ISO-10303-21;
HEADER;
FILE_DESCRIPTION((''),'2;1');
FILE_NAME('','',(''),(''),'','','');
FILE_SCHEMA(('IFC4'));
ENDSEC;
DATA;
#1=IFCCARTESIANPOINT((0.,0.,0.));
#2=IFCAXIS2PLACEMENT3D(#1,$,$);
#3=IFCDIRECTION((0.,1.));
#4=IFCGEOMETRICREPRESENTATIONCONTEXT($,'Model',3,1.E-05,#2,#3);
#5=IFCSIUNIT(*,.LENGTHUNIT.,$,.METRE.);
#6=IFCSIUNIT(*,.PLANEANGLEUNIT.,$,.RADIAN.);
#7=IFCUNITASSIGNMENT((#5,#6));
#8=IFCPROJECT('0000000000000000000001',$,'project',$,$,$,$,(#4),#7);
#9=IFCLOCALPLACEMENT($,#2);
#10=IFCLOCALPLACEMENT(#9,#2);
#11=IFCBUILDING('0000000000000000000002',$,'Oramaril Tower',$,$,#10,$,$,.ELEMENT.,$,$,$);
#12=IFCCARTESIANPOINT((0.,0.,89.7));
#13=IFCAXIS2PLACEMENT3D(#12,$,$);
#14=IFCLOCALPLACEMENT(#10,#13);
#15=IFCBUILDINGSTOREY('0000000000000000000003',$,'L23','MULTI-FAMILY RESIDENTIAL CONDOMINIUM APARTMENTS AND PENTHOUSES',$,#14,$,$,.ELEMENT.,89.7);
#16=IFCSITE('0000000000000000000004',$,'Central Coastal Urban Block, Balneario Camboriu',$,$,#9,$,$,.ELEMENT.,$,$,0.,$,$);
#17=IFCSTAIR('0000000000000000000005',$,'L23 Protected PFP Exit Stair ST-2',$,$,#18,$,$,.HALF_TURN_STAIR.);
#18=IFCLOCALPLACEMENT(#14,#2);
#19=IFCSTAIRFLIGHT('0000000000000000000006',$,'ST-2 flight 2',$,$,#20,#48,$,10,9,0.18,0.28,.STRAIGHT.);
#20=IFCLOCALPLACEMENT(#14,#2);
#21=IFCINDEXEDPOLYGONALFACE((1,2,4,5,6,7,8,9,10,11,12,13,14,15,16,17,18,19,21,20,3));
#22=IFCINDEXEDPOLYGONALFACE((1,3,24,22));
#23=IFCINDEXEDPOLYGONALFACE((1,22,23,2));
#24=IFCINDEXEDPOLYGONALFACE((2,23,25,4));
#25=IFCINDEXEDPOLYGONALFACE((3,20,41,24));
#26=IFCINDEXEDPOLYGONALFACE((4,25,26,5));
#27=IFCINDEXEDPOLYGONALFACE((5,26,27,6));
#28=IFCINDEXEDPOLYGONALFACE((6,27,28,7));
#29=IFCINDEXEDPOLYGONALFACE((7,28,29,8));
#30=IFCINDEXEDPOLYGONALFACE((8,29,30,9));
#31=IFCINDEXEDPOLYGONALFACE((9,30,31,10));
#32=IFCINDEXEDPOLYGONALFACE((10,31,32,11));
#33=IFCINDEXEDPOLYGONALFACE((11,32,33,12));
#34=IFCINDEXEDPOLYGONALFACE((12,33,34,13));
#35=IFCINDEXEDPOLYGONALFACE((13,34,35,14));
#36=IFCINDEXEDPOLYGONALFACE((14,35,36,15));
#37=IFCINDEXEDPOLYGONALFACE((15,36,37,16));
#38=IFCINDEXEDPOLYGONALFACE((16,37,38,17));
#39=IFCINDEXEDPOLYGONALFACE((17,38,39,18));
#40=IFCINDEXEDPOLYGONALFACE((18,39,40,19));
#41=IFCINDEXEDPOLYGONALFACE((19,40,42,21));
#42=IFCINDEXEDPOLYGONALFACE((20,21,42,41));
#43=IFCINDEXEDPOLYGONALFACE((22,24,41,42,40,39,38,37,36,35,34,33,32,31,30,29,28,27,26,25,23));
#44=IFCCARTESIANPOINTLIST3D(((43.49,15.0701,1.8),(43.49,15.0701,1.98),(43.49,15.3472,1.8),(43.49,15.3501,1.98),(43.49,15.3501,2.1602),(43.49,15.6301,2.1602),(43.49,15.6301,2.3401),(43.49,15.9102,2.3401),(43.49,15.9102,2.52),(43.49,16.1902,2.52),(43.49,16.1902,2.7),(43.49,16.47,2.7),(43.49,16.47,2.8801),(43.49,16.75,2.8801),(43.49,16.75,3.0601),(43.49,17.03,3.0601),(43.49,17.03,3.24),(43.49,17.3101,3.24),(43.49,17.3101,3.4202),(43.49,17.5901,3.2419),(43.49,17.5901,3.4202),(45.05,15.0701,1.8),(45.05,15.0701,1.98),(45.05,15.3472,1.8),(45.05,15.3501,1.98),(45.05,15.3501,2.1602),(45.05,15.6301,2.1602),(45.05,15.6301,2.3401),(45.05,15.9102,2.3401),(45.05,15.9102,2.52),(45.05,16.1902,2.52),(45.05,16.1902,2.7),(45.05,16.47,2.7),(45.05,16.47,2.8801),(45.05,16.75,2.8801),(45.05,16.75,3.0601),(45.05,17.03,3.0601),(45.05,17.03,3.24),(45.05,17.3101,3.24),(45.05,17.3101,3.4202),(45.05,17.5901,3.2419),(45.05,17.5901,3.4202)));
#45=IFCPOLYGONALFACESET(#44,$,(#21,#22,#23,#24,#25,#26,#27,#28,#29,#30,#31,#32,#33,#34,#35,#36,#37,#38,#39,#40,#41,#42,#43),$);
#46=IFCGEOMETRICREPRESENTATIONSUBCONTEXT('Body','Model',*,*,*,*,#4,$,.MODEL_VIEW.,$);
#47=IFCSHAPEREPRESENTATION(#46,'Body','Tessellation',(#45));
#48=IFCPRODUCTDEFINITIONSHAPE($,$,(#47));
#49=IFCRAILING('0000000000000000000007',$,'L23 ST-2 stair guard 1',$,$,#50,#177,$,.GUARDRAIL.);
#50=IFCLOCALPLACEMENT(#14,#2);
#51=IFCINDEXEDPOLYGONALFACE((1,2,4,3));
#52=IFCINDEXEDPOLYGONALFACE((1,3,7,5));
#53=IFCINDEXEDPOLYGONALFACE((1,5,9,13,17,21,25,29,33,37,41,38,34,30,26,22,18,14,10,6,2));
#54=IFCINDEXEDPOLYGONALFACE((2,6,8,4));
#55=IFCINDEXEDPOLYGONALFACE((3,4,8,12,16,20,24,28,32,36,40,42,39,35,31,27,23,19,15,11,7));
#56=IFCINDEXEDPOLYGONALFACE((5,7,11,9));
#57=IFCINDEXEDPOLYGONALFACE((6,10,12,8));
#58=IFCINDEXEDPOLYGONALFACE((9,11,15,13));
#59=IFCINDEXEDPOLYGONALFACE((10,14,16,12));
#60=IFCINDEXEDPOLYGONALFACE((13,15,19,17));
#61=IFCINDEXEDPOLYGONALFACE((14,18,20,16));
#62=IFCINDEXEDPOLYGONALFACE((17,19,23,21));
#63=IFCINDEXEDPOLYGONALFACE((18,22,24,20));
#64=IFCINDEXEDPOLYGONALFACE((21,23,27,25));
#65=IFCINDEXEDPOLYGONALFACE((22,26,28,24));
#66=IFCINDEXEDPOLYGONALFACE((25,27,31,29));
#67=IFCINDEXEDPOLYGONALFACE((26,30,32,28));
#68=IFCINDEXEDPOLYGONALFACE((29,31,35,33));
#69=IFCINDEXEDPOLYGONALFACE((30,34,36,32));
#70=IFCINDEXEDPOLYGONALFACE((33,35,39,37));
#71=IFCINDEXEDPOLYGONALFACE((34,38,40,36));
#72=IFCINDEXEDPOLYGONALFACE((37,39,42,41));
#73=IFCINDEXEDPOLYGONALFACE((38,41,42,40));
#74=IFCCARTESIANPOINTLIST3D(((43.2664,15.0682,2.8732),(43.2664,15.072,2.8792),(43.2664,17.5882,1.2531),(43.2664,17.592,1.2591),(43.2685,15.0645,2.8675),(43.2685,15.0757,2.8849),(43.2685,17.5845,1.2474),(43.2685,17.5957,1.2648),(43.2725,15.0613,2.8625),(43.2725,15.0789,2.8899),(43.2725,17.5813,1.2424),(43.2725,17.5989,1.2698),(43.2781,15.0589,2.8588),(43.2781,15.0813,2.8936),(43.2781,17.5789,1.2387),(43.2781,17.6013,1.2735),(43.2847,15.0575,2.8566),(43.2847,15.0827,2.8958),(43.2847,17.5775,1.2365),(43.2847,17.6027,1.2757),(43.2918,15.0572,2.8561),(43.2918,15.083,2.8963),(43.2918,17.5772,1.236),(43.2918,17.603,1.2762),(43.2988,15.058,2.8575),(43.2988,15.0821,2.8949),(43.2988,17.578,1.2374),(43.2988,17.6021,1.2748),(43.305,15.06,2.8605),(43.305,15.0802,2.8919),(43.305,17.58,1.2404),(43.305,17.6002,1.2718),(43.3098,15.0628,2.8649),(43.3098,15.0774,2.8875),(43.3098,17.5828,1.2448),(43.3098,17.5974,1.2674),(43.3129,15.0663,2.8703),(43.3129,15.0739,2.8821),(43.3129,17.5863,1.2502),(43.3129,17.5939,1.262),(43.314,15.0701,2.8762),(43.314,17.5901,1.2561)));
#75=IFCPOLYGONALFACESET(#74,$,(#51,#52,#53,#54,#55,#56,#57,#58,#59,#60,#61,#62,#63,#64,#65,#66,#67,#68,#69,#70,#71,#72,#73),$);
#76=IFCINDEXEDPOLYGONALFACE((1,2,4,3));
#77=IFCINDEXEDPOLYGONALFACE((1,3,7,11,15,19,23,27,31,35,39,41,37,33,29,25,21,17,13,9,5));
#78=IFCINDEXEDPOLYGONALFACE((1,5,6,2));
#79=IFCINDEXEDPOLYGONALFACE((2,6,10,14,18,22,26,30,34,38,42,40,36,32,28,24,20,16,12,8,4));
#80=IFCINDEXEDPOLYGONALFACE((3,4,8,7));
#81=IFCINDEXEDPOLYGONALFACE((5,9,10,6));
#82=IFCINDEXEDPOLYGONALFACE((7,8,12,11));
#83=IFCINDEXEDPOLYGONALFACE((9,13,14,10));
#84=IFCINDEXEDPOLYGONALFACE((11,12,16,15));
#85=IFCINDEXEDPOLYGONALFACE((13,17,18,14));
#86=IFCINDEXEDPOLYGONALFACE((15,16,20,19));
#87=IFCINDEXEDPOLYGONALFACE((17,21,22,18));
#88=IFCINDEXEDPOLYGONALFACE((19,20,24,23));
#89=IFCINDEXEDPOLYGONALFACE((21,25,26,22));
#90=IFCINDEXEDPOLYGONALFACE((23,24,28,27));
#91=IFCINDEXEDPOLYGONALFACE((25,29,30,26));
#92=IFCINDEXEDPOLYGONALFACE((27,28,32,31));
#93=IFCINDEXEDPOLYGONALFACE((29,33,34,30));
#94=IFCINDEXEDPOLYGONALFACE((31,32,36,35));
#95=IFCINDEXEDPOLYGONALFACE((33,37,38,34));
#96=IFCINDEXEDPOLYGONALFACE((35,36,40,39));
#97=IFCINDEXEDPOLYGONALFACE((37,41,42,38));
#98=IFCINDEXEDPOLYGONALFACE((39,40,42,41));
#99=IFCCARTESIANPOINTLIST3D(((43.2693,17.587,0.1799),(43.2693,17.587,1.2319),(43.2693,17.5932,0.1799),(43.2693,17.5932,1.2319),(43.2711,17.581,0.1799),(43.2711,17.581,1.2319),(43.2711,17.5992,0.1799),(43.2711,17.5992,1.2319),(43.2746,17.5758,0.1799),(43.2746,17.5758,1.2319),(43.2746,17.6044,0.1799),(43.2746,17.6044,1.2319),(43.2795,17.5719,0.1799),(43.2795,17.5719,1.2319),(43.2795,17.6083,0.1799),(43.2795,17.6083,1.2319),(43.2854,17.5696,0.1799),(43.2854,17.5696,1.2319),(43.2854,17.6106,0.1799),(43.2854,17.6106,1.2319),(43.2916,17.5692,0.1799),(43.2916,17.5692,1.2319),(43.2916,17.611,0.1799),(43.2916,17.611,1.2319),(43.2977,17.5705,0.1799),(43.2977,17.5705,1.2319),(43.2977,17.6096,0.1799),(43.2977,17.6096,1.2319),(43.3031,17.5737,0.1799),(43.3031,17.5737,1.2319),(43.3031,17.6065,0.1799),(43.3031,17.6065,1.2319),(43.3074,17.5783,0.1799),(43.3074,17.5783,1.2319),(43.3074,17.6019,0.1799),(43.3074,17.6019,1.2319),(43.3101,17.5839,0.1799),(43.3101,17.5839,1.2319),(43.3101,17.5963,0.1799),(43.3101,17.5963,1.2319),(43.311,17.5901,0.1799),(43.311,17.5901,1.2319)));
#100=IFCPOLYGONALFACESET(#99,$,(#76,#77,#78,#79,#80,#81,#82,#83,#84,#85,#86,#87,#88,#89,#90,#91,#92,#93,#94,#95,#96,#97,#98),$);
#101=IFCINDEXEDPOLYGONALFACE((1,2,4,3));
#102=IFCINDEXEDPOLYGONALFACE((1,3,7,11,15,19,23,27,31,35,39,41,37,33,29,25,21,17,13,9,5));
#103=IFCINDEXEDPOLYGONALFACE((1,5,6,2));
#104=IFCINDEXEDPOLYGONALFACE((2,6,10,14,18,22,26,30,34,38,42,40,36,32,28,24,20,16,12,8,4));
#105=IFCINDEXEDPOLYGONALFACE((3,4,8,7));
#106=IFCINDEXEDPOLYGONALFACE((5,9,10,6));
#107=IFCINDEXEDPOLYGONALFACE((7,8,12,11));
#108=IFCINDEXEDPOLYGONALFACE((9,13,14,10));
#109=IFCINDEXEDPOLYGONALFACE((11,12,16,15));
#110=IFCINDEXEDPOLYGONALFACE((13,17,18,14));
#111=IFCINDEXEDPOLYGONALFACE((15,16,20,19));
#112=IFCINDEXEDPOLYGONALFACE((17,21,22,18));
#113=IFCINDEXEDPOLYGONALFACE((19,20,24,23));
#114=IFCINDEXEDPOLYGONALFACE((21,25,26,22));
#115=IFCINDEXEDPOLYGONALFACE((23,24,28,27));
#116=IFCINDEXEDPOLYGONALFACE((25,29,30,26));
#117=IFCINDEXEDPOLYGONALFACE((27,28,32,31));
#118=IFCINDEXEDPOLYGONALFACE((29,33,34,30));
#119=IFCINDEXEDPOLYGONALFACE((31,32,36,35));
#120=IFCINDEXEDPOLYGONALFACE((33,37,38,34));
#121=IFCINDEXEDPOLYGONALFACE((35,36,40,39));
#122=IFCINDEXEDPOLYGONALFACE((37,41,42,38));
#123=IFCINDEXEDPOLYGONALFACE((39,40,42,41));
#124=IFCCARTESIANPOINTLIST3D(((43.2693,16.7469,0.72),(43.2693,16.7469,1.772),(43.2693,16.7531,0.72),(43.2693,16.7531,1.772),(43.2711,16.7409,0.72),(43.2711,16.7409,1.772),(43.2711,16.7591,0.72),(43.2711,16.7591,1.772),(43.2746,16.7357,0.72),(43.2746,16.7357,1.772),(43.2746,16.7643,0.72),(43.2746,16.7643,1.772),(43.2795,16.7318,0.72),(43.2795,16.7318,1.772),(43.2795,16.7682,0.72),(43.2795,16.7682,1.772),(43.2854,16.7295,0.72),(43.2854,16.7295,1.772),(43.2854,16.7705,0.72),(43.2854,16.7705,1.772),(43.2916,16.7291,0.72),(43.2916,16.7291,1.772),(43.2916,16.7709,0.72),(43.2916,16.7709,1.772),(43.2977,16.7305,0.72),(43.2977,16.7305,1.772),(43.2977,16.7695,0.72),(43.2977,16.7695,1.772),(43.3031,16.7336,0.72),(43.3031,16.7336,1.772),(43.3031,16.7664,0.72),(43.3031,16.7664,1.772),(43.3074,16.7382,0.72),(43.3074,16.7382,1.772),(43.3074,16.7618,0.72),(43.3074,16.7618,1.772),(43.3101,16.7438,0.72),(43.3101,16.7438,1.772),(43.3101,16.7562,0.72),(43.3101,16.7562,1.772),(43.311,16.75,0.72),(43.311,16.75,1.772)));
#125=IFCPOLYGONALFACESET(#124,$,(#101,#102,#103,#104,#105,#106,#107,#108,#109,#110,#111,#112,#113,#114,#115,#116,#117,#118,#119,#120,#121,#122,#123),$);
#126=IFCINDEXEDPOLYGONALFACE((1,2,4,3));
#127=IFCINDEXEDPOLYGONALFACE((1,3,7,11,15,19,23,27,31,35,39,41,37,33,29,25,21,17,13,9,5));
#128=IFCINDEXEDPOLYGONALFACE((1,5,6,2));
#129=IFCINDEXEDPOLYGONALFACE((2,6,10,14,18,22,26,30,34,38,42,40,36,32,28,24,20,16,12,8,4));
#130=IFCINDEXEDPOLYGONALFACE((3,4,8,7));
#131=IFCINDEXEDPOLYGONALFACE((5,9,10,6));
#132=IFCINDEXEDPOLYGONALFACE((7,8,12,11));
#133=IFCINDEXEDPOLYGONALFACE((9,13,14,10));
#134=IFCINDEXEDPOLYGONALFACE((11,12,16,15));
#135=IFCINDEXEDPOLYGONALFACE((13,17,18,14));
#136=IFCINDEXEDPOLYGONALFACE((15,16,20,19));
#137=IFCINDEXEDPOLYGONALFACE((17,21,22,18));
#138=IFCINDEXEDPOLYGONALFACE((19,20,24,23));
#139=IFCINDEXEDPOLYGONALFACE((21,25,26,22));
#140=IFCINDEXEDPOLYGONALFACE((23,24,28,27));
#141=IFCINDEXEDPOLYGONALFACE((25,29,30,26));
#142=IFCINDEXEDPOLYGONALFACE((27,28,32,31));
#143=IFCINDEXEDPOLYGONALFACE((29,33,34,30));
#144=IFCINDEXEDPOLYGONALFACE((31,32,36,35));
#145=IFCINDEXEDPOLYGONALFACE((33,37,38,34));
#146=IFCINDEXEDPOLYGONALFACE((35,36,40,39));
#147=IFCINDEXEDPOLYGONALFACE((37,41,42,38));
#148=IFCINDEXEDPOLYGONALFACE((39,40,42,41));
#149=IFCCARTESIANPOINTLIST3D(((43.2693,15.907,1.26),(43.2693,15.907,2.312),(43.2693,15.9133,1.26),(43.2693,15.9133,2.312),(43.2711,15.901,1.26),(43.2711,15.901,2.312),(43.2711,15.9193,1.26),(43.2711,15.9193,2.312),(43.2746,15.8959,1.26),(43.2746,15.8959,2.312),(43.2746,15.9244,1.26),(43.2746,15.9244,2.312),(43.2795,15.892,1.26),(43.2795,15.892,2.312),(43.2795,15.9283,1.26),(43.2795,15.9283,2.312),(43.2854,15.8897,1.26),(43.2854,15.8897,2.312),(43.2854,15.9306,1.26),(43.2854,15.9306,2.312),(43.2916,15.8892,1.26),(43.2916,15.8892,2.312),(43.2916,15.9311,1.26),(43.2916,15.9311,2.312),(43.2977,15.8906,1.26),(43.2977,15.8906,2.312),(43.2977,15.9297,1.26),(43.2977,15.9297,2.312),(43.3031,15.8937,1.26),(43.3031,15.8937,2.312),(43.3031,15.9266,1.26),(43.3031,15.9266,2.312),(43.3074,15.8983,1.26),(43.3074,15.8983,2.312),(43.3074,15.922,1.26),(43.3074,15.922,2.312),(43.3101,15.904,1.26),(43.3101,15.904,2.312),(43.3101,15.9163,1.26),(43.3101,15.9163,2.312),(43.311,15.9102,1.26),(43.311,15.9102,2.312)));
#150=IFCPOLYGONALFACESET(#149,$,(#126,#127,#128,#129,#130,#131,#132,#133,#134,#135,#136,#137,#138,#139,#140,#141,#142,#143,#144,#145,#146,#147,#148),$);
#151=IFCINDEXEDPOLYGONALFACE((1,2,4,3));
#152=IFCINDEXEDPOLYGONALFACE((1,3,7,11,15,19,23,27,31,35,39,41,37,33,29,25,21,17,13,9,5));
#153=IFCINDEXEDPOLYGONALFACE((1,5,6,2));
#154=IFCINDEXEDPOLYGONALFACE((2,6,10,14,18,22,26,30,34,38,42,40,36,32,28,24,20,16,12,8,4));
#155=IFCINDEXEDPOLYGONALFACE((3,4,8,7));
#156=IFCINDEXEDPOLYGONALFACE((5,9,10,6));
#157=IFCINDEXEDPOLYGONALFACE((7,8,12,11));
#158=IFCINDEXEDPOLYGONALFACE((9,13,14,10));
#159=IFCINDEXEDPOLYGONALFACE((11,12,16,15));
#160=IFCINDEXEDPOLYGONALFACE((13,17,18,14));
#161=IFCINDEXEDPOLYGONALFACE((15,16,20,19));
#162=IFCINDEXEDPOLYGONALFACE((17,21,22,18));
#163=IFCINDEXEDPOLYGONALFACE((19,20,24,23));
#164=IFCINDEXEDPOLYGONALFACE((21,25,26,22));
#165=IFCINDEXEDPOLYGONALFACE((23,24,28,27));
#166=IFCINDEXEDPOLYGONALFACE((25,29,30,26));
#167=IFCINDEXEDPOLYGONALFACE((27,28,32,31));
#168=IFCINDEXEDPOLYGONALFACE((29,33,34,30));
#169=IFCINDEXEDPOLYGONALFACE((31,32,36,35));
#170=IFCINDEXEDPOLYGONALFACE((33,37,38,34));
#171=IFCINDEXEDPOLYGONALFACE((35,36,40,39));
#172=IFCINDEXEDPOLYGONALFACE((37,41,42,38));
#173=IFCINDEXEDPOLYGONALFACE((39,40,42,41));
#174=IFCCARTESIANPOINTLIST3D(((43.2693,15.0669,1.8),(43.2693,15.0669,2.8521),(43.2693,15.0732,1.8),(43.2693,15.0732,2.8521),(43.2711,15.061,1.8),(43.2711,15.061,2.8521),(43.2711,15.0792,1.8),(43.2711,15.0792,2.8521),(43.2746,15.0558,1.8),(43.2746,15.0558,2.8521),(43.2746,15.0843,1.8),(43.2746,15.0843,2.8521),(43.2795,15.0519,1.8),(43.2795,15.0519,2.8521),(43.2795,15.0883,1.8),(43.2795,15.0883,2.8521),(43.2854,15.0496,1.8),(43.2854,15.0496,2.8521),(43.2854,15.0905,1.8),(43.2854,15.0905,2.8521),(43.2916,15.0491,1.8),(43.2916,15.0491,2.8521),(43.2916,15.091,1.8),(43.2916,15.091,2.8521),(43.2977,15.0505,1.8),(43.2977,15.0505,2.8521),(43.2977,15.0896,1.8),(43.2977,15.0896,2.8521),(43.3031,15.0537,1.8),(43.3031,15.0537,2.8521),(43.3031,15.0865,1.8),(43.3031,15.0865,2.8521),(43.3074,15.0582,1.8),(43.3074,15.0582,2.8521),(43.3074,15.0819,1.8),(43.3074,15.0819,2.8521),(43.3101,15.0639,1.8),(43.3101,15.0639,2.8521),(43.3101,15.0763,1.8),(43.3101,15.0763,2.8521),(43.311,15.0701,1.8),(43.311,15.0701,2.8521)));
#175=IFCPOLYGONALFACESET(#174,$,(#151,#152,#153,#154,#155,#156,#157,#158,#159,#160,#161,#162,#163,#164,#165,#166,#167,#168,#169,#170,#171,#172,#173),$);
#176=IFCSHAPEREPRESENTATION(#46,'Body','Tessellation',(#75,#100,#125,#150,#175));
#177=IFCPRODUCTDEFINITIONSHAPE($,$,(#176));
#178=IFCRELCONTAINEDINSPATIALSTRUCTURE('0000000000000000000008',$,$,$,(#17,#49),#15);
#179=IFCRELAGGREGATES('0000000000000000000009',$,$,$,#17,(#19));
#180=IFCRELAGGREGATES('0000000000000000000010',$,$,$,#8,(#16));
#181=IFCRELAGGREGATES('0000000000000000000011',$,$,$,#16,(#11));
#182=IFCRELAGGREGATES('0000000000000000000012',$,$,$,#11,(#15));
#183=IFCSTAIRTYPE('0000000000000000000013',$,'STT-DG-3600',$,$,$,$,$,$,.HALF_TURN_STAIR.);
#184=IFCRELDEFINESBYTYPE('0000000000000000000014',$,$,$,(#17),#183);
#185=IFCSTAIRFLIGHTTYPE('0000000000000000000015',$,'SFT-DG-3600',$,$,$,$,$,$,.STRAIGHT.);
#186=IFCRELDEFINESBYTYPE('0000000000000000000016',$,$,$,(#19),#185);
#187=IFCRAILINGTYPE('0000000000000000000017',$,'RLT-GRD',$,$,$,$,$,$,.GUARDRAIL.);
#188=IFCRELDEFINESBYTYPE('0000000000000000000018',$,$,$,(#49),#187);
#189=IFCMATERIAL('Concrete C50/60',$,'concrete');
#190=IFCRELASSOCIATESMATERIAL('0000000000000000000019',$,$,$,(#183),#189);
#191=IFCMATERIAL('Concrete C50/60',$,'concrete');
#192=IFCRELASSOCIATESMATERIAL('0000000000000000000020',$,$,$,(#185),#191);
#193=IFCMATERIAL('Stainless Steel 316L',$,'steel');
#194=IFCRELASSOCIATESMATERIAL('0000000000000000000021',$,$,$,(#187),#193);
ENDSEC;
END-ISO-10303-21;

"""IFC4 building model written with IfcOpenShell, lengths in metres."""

from ifc_helpers import new_model, si_unit, direction, frame, origin, origin_2d, place, context, subcontext, project, spatial, polyline, circle, outline, extrude, material, type_object, element, aggregate, save


model = new_model("IFC4")

# Units and contexts
model_context = context("Model", 3, precision=1e-05, world=origin(), true_north=direction((0.0, 1.0)))
body_context = subcontext(model_context, "Body", "Model", "MODEL_VIEW")
ifc_project = project(units=[si_unit("LENGTHUNIT", "METRE"), si_unit("PLANEANGLEUNIT", "RADIAN")], contexts=[model_context])

# Site, building, storey
site_placement = place(None, origin())
site = spatial("IfcSite", under=ifc_project, at=site_placement, Name="Central Coastal Urban Block, Balneario Camboriu", CompositionType="ELEMENT", RefElevation=0.0)
building_placement = place(site_placement, origin())
building = spatial("IfcBuilding", under=site, at=building_placement, Name="Oramaril Tower", CompositionType="ELEMENT")
storey_placement = place(building_placement, frame((0.0, 0.0, 89.7)))
storey = spatial("IfcBuildingStorey", under=building, at=storey_placement, Name="L23", Description="MULTI-FAMILY RESIDENTIAL CONDOMINIUM APARTMENTS AND PENTHOUSES", CompositionType="ELEMENT", Elevation=89.7)

# Stair, stair flight
ifc_material_1 = material(Name="Concrete C50/60", Category="concrete")
stair_type = type_object("IfcStairType", Name="STT-DG-3600", PredefinedType="HALF_TURN_STAIR", material=ifc_material_1)
stair_placement = place(storey_placement, origin())
stair = element("IfcStair", 1, at=stair_placement, inside=storey, type_object=stair_type, Name="L23 Protected PFP Exit Stair ST-2", PredefinedType="HALF_TURN_STAIR")
ifc_material_2 = material(Name="Concrete C50/60", Category="concrete")
stair_flight_type = type_object("IfcStairFlightType", Name="SFT-DG-3600", PredefinedType="STRAIGHT", material=ifc_material_2)
stair_flight_1_placement = place(storey_placement, frame((44.27, 15.0701, 1.8), z_axis=(0.0, 0.0, 1.0), x_axis=(0.0, 1.0, 0.0)))
stair_flight_1 = element("IfcStairFlight", 2, at=stair_flight_1_placement, type_object=stair_flight_type, Name="ST-2 flight 2", NumberOfRisers=10, NumberOfTreads=9, PredefinedType="STRAIGHT", RiserHeight=0.18, TreadLength=0.28, context=body_context, shape_type="SweptSolid", body=[
    extrude(outline(polyline([(0.0, 0.0), (0.0, 0.1799), (0.28, 0.1799), (0.28, 0.3601), (0.5601, 0.3601), (0.5601, 0.54), (0.8401, 0.54), (0.8401, 0.72), (1.1201, 0.72), (1.1201, 0.8999), (1.3999, 0.8999), (1.3999, 1.0801), (1.6799, 1.0801), (1.6799, 1.26), (1.96, 1.26), (1.96, 1.4399), (2.24, 1.4399), (2.24, 1.6201), (2.52, 1.6201), (2.52, 1.8), (2.52, 1.4419), (0.2771, 0.0), (0.0, 0.0)])), frame((0.0, 0.78, 0.0), z_axis=(0.0, -1.0, 0.0), x_axis=(1.0, 0.0, 0.0)), (0.0, 0.0, 1.0), 1.5601),
])
aggregate(stair, [stair_flight_1])

# Railing
ifc_material_3 = material(Name="Stainless Steel 316L", Category="steel")
railing_type_1 = type_object("IfcRailingType", Name="RLT-GRD", PredefinedType="GUARDRAIL", material=ifc_material_3)
railing_1_placement = place(storey_placement, frame((43.29, 17.5901, 0.1799)))
element("IfcRailing", 3, at=railing_1_placement, inside=storey, type_object=railing_type_1, Name="L23 ST-2 stair guard 1", PredefinedType="GUARDRAIL", context=body_context, shape_type="SweptSolid", body=[
    extrude(circle(Radius=0.0239, at=origin_2d()), frame((0.0, 0.0, 1.0762), z_axis=(0.0, -0.841163, 0.540782), x_axis=(1.0, 0.0, 0.0)), (0.0, 0.0, 1.0), 2.9958),
    extrude(circle(Radius=0.021, at=origin_2d()), origin(), (0.0, 0.0, 1.0), 1.052),
    extrude(circle(Radius=0.021, at=origin_2d()), frame((0.0, -0.8401, 0.54)), (0.0, 0.0, 1.0), 1.052),
    extrude(circle(Radius=0.021, at=origin_2d()), frame((0.0, -1.6799, 1.0801)), (0.0, 0.0, 1.0), 1.052),
    extrude(circle(Radius=0.021, at=origin_2d()), frame((0.0, -2.52, 1.6201)), (0.0, 0.0, 1.0), 1.052),
])

save(model, "model.ifc")
